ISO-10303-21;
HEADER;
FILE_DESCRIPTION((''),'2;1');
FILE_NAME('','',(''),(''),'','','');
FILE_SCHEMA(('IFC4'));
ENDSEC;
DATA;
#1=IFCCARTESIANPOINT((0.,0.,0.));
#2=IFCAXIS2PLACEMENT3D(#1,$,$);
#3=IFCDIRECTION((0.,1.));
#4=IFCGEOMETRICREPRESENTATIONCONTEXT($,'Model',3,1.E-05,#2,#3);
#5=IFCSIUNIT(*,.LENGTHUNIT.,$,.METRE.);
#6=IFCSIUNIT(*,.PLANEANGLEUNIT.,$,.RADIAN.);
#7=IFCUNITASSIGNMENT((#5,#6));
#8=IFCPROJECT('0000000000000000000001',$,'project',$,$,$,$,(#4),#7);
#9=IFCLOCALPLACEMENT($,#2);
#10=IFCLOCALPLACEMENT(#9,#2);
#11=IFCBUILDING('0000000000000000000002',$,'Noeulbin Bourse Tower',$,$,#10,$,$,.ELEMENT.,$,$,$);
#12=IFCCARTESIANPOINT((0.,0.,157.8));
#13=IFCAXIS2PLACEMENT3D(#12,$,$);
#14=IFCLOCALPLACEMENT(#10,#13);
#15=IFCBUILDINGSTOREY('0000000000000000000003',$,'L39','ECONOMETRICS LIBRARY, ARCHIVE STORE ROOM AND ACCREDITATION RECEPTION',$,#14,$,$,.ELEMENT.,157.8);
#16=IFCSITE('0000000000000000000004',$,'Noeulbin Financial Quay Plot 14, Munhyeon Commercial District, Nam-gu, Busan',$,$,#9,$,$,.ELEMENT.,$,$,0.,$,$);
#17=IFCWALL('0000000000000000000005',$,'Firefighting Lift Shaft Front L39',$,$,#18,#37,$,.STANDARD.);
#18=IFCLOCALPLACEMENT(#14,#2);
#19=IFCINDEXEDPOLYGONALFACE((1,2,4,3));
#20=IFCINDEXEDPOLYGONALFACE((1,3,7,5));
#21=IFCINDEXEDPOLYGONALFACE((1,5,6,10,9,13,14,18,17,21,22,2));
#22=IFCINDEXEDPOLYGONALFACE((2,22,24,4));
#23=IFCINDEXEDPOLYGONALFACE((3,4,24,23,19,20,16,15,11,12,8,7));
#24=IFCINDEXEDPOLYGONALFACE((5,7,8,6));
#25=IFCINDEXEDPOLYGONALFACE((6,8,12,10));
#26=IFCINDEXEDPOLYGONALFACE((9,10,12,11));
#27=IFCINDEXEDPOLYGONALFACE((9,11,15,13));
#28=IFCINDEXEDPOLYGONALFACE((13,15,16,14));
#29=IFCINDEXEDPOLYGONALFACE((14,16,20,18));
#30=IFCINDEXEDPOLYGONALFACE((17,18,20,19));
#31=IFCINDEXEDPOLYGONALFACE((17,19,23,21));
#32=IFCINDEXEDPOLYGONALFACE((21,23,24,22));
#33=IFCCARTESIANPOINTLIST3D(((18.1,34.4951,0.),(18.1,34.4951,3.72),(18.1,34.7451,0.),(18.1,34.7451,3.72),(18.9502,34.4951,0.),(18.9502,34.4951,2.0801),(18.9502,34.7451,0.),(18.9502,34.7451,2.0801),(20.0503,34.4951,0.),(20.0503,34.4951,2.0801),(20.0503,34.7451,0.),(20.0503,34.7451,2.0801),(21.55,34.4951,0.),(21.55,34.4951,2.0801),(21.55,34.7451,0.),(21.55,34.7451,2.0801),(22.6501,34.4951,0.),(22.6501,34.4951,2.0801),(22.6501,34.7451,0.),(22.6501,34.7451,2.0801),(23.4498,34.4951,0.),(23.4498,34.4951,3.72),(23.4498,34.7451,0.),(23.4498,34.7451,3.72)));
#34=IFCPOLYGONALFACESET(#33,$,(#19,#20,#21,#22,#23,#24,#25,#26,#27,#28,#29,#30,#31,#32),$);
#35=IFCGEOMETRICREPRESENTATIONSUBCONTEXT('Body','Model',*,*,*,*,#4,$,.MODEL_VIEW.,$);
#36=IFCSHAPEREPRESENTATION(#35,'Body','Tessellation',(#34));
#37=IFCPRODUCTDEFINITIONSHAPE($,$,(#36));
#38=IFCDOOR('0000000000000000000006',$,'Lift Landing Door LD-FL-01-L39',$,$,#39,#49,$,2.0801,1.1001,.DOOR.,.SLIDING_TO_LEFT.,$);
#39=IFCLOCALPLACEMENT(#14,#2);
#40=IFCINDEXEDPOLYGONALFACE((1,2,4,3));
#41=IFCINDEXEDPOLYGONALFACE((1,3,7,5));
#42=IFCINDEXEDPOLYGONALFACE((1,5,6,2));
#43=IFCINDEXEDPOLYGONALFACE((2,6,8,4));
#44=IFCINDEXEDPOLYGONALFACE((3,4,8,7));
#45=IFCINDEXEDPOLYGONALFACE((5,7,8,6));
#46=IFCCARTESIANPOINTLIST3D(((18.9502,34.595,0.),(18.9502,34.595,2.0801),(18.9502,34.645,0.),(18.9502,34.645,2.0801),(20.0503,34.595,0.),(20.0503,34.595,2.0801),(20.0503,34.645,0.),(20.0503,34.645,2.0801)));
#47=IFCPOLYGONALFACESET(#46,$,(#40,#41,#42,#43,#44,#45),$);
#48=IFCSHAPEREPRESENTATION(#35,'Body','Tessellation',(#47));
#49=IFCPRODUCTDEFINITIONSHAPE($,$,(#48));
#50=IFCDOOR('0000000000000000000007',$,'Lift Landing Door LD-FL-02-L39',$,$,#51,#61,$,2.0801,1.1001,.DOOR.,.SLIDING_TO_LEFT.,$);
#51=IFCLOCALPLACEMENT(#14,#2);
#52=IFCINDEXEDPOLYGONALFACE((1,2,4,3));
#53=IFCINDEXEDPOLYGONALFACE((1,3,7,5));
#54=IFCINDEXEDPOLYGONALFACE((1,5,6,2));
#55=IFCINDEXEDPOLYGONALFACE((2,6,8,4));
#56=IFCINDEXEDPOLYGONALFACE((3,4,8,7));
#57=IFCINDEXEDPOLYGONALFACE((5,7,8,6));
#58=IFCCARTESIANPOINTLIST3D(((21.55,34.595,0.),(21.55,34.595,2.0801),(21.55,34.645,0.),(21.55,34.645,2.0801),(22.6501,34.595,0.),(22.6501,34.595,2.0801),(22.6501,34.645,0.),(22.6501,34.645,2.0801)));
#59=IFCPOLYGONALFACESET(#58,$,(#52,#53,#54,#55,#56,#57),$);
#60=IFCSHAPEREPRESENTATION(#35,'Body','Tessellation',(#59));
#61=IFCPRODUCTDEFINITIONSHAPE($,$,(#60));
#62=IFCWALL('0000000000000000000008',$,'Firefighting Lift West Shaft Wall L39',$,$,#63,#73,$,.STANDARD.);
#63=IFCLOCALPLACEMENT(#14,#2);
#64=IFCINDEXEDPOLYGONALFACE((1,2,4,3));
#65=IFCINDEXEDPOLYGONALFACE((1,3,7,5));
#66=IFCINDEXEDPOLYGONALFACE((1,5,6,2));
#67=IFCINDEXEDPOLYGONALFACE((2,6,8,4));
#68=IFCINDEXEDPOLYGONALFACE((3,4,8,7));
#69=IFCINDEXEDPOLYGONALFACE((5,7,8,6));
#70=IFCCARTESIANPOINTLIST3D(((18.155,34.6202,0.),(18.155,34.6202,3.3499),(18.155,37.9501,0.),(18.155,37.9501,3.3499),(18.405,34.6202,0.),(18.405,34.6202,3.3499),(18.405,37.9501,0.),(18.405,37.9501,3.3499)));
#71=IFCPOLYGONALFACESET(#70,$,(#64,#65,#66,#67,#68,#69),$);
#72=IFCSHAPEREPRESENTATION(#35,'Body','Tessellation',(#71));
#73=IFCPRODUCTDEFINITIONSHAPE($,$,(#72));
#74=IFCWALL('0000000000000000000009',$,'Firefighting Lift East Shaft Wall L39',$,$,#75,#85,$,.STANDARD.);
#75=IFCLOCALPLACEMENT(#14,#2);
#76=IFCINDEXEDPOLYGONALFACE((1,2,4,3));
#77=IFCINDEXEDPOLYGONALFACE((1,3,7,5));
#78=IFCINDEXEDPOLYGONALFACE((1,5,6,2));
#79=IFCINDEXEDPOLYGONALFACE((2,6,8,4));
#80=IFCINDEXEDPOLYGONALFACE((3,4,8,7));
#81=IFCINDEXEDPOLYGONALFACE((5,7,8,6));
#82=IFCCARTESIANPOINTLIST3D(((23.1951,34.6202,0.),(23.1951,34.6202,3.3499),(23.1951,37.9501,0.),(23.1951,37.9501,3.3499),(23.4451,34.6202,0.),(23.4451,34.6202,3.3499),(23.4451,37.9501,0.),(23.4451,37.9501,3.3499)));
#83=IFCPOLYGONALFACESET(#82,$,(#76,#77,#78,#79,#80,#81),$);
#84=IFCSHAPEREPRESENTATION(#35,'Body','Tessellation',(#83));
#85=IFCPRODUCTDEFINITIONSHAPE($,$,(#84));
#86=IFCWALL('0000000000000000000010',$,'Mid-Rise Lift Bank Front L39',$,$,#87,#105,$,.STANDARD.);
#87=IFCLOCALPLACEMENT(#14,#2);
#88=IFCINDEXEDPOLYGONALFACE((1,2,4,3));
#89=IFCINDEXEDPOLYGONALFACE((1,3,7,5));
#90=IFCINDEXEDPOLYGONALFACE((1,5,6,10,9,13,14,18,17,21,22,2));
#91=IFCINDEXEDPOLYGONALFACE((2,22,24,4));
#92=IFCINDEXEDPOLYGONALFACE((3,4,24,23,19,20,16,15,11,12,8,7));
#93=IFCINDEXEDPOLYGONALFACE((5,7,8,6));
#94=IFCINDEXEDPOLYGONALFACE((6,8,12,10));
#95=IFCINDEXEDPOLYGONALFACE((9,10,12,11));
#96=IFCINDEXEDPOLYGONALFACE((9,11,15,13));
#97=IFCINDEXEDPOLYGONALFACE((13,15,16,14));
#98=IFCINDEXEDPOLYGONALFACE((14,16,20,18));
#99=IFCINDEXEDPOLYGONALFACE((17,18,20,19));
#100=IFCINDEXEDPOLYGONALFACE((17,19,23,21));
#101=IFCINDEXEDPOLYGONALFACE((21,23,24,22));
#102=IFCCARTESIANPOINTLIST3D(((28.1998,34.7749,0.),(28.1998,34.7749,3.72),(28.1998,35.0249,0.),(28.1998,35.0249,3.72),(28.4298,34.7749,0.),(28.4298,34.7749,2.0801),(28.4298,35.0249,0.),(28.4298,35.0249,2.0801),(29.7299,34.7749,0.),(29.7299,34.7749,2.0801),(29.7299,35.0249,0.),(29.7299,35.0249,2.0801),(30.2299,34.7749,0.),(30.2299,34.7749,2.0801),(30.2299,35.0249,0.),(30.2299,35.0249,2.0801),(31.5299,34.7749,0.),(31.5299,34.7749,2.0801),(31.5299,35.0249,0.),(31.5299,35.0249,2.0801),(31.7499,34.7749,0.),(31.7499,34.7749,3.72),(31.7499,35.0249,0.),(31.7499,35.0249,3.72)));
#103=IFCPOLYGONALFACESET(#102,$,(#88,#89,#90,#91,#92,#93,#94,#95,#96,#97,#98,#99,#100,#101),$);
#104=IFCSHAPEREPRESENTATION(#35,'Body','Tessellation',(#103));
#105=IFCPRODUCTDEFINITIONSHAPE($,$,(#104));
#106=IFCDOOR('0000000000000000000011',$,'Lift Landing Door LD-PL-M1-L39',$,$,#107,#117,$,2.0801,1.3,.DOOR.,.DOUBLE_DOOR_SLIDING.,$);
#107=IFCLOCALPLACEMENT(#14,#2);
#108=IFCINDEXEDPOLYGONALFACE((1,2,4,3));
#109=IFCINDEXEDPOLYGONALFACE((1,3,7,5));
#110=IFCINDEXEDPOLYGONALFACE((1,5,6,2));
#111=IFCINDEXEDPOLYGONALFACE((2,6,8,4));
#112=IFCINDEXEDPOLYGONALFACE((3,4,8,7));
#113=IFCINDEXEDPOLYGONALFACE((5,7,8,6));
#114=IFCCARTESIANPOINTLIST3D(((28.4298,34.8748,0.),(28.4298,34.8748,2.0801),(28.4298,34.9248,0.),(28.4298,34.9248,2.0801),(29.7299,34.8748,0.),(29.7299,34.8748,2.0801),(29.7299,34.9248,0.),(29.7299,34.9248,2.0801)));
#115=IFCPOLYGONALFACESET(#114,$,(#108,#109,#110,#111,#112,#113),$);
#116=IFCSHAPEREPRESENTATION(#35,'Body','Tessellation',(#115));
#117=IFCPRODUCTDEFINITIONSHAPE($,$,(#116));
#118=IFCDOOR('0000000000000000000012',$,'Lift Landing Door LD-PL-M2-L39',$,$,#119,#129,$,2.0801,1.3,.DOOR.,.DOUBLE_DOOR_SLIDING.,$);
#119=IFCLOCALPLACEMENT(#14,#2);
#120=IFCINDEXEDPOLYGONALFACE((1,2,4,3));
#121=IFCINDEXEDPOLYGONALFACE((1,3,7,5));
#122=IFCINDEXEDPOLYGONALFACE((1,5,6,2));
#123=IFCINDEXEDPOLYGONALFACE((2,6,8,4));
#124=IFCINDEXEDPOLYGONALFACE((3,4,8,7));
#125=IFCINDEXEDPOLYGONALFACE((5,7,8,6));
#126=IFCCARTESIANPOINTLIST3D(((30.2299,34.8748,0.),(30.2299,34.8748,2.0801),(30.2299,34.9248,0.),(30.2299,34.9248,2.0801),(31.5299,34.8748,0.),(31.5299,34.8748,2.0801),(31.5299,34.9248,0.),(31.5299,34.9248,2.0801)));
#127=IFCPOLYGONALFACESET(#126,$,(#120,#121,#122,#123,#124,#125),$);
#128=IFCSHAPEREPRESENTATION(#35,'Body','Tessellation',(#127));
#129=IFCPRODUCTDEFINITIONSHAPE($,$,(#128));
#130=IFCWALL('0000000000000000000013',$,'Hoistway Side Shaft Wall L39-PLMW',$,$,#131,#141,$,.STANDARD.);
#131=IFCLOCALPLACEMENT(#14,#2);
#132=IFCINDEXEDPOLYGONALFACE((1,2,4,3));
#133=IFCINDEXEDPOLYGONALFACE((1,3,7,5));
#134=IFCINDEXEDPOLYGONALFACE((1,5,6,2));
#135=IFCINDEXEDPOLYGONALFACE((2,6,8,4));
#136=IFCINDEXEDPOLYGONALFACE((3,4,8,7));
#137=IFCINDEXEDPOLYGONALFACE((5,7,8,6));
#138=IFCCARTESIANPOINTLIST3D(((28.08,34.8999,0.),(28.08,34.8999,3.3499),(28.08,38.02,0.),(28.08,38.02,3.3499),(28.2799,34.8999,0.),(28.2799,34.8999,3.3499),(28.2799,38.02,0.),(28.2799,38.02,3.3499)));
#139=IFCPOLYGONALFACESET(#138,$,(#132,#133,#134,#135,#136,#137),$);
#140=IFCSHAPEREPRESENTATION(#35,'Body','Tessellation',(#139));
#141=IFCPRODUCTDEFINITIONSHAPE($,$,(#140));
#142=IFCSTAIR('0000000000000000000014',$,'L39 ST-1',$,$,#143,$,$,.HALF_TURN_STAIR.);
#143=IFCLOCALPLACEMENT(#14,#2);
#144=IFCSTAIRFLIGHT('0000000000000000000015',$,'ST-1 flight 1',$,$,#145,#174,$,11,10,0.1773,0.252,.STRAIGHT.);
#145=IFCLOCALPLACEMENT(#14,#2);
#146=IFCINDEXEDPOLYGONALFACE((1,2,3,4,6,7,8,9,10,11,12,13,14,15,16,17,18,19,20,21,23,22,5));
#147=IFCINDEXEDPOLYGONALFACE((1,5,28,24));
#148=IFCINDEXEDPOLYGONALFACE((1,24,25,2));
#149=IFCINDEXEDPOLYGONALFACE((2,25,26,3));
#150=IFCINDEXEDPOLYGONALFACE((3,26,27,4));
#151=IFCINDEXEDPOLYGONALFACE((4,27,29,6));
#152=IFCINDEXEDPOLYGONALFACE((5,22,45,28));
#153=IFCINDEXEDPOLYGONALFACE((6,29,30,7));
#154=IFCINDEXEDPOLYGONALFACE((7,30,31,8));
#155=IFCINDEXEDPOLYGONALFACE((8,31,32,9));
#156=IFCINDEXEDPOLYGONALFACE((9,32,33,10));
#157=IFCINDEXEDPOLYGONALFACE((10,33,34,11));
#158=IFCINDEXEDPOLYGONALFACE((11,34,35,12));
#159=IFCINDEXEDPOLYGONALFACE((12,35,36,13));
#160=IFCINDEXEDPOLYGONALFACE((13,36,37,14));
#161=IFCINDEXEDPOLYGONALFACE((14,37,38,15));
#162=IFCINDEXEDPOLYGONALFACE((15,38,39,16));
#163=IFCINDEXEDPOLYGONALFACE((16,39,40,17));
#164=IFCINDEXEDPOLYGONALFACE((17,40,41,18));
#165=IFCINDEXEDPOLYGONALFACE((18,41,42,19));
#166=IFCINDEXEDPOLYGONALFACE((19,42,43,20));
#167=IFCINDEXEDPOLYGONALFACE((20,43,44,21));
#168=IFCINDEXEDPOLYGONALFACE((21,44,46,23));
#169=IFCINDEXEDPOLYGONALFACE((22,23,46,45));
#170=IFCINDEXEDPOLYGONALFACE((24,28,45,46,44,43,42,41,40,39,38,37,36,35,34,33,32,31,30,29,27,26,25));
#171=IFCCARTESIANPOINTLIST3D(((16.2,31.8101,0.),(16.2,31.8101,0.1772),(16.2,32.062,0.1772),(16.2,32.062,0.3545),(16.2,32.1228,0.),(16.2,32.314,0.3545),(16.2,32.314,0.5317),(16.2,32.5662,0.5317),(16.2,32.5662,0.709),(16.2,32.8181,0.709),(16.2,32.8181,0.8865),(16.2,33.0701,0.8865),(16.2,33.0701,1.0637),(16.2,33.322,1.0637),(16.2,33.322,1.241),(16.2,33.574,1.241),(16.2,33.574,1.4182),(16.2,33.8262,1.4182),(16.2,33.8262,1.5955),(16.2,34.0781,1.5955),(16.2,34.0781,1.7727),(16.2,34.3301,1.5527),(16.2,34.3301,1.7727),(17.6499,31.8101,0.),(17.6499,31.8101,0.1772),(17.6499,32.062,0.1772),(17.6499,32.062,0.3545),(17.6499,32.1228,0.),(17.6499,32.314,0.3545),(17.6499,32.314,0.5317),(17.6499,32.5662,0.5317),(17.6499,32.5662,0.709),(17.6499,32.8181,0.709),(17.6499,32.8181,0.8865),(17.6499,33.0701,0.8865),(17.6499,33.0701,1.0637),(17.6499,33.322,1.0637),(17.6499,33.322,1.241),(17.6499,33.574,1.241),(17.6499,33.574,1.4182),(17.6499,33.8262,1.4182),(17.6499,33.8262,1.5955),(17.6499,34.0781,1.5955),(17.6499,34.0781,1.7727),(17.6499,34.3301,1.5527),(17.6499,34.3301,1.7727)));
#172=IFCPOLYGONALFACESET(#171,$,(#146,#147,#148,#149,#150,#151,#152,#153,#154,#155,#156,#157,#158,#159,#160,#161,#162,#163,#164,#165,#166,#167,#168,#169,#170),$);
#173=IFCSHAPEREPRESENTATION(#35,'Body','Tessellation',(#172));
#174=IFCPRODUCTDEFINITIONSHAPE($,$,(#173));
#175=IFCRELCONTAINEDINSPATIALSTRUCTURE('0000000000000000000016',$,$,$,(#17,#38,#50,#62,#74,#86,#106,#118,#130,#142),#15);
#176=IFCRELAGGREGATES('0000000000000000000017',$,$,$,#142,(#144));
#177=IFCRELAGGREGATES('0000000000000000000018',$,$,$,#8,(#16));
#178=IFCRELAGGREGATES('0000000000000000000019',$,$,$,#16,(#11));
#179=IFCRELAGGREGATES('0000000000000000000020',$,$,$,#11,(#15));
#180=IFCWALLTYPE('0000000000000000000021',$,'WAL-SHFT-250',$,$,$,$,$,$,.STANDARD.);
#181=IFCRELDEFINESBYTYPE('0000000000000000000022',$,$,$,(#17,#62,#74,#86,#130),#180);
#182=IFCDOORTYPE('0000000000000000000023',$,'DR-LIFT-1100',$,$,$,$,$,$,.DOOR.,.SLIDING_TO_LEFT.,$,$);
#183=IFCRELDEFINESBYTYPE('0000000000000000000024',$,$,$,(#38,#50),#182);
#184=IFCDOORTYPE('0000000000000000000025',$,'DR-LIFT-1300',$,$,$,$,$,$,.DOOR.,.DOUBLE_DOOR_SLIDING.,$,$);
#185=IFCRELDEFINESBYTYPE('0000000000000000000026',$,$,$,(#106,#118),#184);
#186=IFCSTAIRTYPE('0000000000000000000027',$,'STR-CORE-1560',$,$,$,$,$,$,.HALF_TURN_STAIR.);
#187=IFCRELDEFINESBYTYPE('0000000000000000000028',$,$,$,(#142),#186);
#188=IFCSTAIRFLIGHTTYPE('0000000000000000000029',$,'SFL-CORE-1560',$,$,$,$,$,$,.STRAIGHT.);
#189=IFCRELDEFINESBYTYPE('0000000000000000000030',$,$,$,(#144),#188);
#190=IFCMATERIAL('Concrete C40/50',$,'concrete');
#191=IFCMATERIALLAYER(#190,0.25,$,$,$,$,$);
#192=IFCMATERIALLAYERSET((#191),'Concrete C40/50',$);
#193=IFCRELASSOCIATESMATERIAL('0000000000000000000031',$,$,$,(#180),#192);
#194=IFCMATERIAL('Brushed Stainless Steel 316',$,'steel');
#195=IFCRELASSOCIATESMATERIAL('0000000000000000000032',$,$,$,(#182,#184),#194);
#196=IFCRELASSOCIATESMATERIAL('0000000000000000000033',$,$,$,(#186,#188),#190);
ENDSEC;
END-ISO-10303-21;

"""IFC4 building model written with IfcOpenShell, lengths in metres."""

from ifc_helpers import new_model, si_unit, direction, frame, frame_2d, origin, place, context, subcontext, project, spatial, polyline, rectangle, outline, extrude, material, layer, layer_set, type_object, element, fill, aggregate, save


model = new_model("IFC4")

# Units and contexts
model_context = context("Model", 3, precision=1e-05, world=origin(), true_north=direction((0.0, 1.0)))
body_context = subcontext(model_context, "Body", "Model", "MODEL_VIEW")
ifc_project = project(units=[si_unit("LENGTHUNIT", "METRE"), si_unit("PLANEANGLEUNIT", "RADIAN")], contexts=[model_context])

# Site, building, storey
site_placement = place(None, origin())
site = spatial("IfcSite", under=ifc_project, at=site_placement, Name="Noeulbin Financial Quay Plot 14, Munhyeon Commercial District, Nam-gu, Busan", CompositionType="ELEMENT", RefElevation=0.0)
building_placement = place(site_placement, origin())
building = spatial("IfcBuilding", under=site, at=building_placement, Name="Noeulbin Bourse Tower", CompositionType="ELEMENT")
storey_placement = place(building_placement, frame((0.0, 0.0, 157.8)))
storey = spatial("IfcBuildingStorey", under=building, at=storey_placement, Name="L39", Description="ECONOMETRICS LIBRARY, ARCHIVE STORE ROOM AND ACCREDITATION RECEPTION", CompositionType="ELEMENT", Elevation=157.8)

# Shared definitions
ifc_material_1 = material(Name="Concrete C40/50", Category="concrete")

# Shared definitions
ifc_layer_1 = layer(ifc_material_1, 0.25)
ifc_layer_set_1 = layer_set([ifc_layer_1], Name="Concrete C40/50")
wall_type_1 = type_object("IfcWallType", Name="WAL-SHFT-250", PredefinedType="STANDARD", material=ifc_layer_set_1)

# Wall, openings, doors
wall_1_placement = place(storey_placement, frame((18.1001, 34.6201, 0.0), z_axis=(0.0, 0.0, 1.0), x_axis=(1.0, 0.0, 0.0)))
wall_1 = element("IfcWall", 1, at=wall_1_placement, inside=storey, type_object=wall_type_1, Name="Firefighting Lift Shaft Front L39", PredefinedType="STANDARD", context=body_context, shape_type="SweptSolid", body=[
    extrude(rectangle(XDim=5.3499, YDim=0.25, at=frame_2d((2.6748, 0.0))), origin(), (0.0, 0.0, 1.0), 3.72),
])
opening_1_placement = place(wall_1_placement, frame((0.8501, 0.0, 0.0)))
opening_1 = element("IfcOpeningElement", 2, at=opening_1_placement, cuts=wall_1, PredefinedType="OPENING", context=body_context, shape_type="SweptSolid", body=[
    extrude(rectangle(XDim=1.1001, YDim=2.0801, at=frame_2d((0.55, 1.04))), frame((0.0, 0.135, 0.0), z_axis=(0.0, -1.0, 0.0), x_axis=(1.0, 0.0, 0.0)), (0.0, 0.0, 1.0), 0.27),
])
opening_2_placement = place(wall_1_placement, frame((3.45, 0.0, 0.0)))
opening_2 = element("IfcOpeningElement", 3, at=opening_2_placement, cuts=wall_1, PredefinedType="OPENING", context=body_context, shape_type="SweptSolid", body=[
    extrude(rectangle(XDim=1.1001, YDim=2.0801, at=frame_2d((0.55, 1.04))), frame((0.0, 0.135, 0.0), z_axis=(0.0, -1.0, 0.0), x_axis=(1.0, 0.0, 0.0)), (0.0, 0.0, 1.0), 0.27),
])
ifc_material_2 = material(Name="Brushed Stainless Steel 316", Category="steel")
door_type_1 = type_object("IfcDoorType", Name="DR-LIFT-1100", OperationType="SLIDING_TO_LEFT", PredefinedType="DOOR", material=ifc_material_2)
door_1_placement = place(opening_1_placement, origin())
door_1 = element("IfcDoor", 4, at=door_1_placement, inside=storey, type_object=door_type_1, Name="Lift Landing Door LD-FL-01-L39", OperationType="SLIDING_TO_LEFT", OverallHeight=2.0801, OverallWidth=1.1001, PredefinedType="DOOR", context=body_context, shape_type="SweptSolid", body=[
    extrude(rectangle(XDim=1.1001, YDim=2.0801, at=frame_2d((0.55, 1.04))), frame((0.0, 0.0249, 0.0), z_axis=(0.0, -1.0, 0.0), x_axis=(1.0, 0.0, 0.0)), (0.0, 0.0, 1.0), 0.05),
])
fill(opening_1, door_1)
door_2_placement = place(opening_2_placement, origin())
door_2 = element("IfcDoor", 5, at=door_2_placement, inside=storey, type_object=door_type_1, Name="Lift Landing Door LD-FL-02-L39", OperationType="SLIDING_TO_LEFT", OverallHeight=2.0801, OverallWidth=1.1001, PredefinedType="DOOR", context=body_context, shape_type="SweptSolid", body=[
    extrude(rectangle(XDim=1.1001, YDim=2.0801, at=frame_2d((0.55, 1.04))), frame((0.0, 0.0249, 0.0), z_axis=(0.0, -1.0, 0.0), x_axis=(1.0, 0.0, 0.0)), (0.0, 0.0, 1.0), 0.05),
])
fill(opening_2, door_2)

# Walls
for number, where, z_axis, x_axis, name in (
    (6, (18.28, 34.6201, 0.0), (0.0, 0.0, 1.0), (0.0, 1.0, 0.0), "Firefighting Lift West Shaft Wall L39"),
    (7, (23.3201, 34.6201, 0.0), (0.0, 0.0, 1.0), (0.0, 1.0, 0.0), "Firefighting Lift East Shaft Wall L39"),
):
    element("IfcWall", number, at=place(storey_placement, frame(where, z_axis=z_axis, x_axis=x_axis)), inside=storey, type_object=wall_type_1, Name=name, PredefinedType="STANDARD", context=body_context, shape_type="SweptSolid", body=[
        extrude(rectangle(XDim=3.3298, YDim=0.25, at=frame_2d((1.665, 0.0))), origin(), (0.0, 0.0, 1.0), 3.3499),
    ])

# Wall, openings, doors
wall_2_placement = place(storey_placement, frame((28.2, 34.8999, 0.0), z_axis=(0.0, 0.0, 1.0), x_axis=(1.0, 0.0, 0.0)))
wall_2 = element("IfcWall", 8, at=wall_2_placement, inside=storey, type_object=wall_type_1, Name="Mid-Rise Lift Bank Front L39", PredefinedType="STANDARD", context=body_context, shape_type="SweptSolid", body=[
    extrude(rectangle(XDim=3.55, YDim=0.25, at=frame_2d((1.7749, 0.0))), origin(), (0.0, 0.0, 1.0), 3.72),
])
opening_3_placement = place(wall_2_placement, frame((0.23, 0.0, 0.0)))
opening_3 = element("IfcOpeningElement", 9, at=opening_3_placement, cuts=wall_2, PredefinedType="OPENING", context=body_context, shape_type="SweptSolid", body=[
    extrude(rectangle(XDim=1.3, YDim=2.0801, at=frame_2d((0.6499, 1.04))), frame((0.0, 0.135, 0.0), z_axis=(0.0, -1.0, 0.0), x_axis=(1.0, 0.0, 0.0)), (0.0, 0.0, 1.0), 0.27),
])
opening_4_placement = place(wall_2_placement, frame((2.03, 0.0, 0.0)))
opening_4 = element("IfcOpeningElement", 10, at=opening_4_placement, cuts=wall_2, PredefinedType="OPENING", context=body_context, shape_type="SweptSolid", body=[
    extrude(rectangle(XDim=1.3, YDim=2.0801, at=frame_2d((0.6499, 1.04))), frame((0.0, 0.135, 0.0), z_axis=(0.0, -1.0, 0.0), x_axis=(1.0, 0.0, 0.0)), (0.0, 0.0, 1.0), 0.27),
])
door_type_2 = type_object("IfcDoorType", Name="DR-LIFT-1300", OperationType="DOUBLE_DOOR_SLIDING", PredefinedType="DOOR", material=ifc_material_2)
door_3_placement = place(opening_3_placement, origin())
door_3 = element("IfcDoor", 11, at=door_3_placement, inside=storey, type_object=door_type_2, Name="Lift Landing Door LD-PL-M1-L39", OperationType="DOUBLE_DOOR_SLIDING", OverallHeight=2.0801, OverallWidth=1.3, PredefinedType="DOOR", context=body_context, shape_type="SweptSolid", body=[
    extrude(rectangle(XDim=1.3, YDim=2.0801, at=frame_2d((0.6499, 1.04))), frame((0.0, 0.0249, 0.0), z_axis=(0.0, -1.0, 0.0), x_axis=(1.0, 0.0, 0.0)), (0.0, 0.0, 1.0), 0.05),
])
fill(opening_3, door_3)
door_4_placement = place(opening_4_placement, origin())
door_4 = element("IfcDoor", 12, at=door_4_placement, inside=storey, type_object=door_type_2, Name="Lift Landing Door LD-PL-M2-L39", OperationType="DOUBLE_DOOR_SLIDING", OverallHeight=2.0801, OverallWidth=1.3, PredefinedType="DOOR", context=body_context, shape_type="SweptSolid", body=[
    extrude(rectangle(XDim=1.3, YDim=2.0801, at=frame_2d((0.6499, 1.04))), frame((0.0, 0.0249, 0.0), z_axis=(0.0, -1.0, 0.0), x_axis=(1.0, 0.0, 0.0)), (0.0, 0.0, 1.0), 0.05),
])
fill(opening_4, door_4)

# Wall
wall_3_placement = place(storey_placement, frame((28.1799, 34.8999, 0.0), z_axis=(0.0, 0.0, 1.0), x_axis=(0.0, 1.0, 0.0)))
element("IfcWall", 13, at=wall_3_placement, inside=storey, type_object=wall_type_1, Name="Hoistway Side Shaft Wall L39-PLMW", PredefinedType="STANDARD", context=body_context, shape_type="SweptSolid", body=[
    extrude(rectangle(XDim=3.1201, YDim=0.2, at=frame_2d((1.5601, 0.0))), origin(), (0.0, 0.0, 1.0), 3.3499),
])

# Stair, stair flight
stair_type = type_object("IfcStairType", Name="STR-CORE-1560", PredefinedType="HALF_TURN_STAIR", material=ifc_material_1)
stair_placement = place(storey_placement, origin())
stair = element("IfcStair", 14, at=stair_placement, inside=storey, type_object=stair_type, Name="L39 ST-1", PredefinedType="HALF_TURN_STAIR")
stair_flight_type = type_object("IfcStairFlightType", Name="SFL-CORE-1560", PredefinedType="STRAIGHT", material=ifc_material_1)
stair_flight_1_placement = place(storey_placement, frame((16.925, 31.8101, 0.0), z_axis=(0.0, 0.0, 1.0), x_axis=(0.0, 1.0, 0.0)))
stair_flight_1 = element("IfcStairFlight", 15, at=stair_flight_1_placement, type_object=stair_flight_type, Name="ST-1 flight 1", NumberOfRisers=11, NumberOfTreads=10, PredefinedType="STRAIGHT", RiserHeight=0.1773, TreadLength=0.252, context=body_context, shape_type="SweptSolid", body=[
    extrude(outline(polyline([(0.0, 0.0), (0.0, 0.1772), (0.252, 0.1772), (0.252, 0.3545), (0.5039, 0.3545), (0.5039, 0.5317), (0.7561, 0.5317), (0.7561, 0.709), (1.0081, 0.709), (1.0081, 0.8865), (1.26, 0.8865), (1.26, 1.0637), (1.512, 1.0637), (1.512, 1.241), (1.7639, 1.241), (1.7639, 1.4182), (2.0161, 1.4182), (2.0161, 1.5955), (2.2681, 1.5955), (2.2681, 1.7727), (2.52, 1.7727), (2.52, 1.95), (2.52, 1.5527), (0.3127, 0.0), (0.0, 0.0)])), frame((0.0, 0.7251, 0.0), z_axis=(0.0, -1.0, 0.0), x_axis=(1.0, 0.0, 0.0)), (0.0, 0.0, 1.0), 1.45),
])
aggregate(stair, [stair_flight_1])

save(model, "model.ifc")
